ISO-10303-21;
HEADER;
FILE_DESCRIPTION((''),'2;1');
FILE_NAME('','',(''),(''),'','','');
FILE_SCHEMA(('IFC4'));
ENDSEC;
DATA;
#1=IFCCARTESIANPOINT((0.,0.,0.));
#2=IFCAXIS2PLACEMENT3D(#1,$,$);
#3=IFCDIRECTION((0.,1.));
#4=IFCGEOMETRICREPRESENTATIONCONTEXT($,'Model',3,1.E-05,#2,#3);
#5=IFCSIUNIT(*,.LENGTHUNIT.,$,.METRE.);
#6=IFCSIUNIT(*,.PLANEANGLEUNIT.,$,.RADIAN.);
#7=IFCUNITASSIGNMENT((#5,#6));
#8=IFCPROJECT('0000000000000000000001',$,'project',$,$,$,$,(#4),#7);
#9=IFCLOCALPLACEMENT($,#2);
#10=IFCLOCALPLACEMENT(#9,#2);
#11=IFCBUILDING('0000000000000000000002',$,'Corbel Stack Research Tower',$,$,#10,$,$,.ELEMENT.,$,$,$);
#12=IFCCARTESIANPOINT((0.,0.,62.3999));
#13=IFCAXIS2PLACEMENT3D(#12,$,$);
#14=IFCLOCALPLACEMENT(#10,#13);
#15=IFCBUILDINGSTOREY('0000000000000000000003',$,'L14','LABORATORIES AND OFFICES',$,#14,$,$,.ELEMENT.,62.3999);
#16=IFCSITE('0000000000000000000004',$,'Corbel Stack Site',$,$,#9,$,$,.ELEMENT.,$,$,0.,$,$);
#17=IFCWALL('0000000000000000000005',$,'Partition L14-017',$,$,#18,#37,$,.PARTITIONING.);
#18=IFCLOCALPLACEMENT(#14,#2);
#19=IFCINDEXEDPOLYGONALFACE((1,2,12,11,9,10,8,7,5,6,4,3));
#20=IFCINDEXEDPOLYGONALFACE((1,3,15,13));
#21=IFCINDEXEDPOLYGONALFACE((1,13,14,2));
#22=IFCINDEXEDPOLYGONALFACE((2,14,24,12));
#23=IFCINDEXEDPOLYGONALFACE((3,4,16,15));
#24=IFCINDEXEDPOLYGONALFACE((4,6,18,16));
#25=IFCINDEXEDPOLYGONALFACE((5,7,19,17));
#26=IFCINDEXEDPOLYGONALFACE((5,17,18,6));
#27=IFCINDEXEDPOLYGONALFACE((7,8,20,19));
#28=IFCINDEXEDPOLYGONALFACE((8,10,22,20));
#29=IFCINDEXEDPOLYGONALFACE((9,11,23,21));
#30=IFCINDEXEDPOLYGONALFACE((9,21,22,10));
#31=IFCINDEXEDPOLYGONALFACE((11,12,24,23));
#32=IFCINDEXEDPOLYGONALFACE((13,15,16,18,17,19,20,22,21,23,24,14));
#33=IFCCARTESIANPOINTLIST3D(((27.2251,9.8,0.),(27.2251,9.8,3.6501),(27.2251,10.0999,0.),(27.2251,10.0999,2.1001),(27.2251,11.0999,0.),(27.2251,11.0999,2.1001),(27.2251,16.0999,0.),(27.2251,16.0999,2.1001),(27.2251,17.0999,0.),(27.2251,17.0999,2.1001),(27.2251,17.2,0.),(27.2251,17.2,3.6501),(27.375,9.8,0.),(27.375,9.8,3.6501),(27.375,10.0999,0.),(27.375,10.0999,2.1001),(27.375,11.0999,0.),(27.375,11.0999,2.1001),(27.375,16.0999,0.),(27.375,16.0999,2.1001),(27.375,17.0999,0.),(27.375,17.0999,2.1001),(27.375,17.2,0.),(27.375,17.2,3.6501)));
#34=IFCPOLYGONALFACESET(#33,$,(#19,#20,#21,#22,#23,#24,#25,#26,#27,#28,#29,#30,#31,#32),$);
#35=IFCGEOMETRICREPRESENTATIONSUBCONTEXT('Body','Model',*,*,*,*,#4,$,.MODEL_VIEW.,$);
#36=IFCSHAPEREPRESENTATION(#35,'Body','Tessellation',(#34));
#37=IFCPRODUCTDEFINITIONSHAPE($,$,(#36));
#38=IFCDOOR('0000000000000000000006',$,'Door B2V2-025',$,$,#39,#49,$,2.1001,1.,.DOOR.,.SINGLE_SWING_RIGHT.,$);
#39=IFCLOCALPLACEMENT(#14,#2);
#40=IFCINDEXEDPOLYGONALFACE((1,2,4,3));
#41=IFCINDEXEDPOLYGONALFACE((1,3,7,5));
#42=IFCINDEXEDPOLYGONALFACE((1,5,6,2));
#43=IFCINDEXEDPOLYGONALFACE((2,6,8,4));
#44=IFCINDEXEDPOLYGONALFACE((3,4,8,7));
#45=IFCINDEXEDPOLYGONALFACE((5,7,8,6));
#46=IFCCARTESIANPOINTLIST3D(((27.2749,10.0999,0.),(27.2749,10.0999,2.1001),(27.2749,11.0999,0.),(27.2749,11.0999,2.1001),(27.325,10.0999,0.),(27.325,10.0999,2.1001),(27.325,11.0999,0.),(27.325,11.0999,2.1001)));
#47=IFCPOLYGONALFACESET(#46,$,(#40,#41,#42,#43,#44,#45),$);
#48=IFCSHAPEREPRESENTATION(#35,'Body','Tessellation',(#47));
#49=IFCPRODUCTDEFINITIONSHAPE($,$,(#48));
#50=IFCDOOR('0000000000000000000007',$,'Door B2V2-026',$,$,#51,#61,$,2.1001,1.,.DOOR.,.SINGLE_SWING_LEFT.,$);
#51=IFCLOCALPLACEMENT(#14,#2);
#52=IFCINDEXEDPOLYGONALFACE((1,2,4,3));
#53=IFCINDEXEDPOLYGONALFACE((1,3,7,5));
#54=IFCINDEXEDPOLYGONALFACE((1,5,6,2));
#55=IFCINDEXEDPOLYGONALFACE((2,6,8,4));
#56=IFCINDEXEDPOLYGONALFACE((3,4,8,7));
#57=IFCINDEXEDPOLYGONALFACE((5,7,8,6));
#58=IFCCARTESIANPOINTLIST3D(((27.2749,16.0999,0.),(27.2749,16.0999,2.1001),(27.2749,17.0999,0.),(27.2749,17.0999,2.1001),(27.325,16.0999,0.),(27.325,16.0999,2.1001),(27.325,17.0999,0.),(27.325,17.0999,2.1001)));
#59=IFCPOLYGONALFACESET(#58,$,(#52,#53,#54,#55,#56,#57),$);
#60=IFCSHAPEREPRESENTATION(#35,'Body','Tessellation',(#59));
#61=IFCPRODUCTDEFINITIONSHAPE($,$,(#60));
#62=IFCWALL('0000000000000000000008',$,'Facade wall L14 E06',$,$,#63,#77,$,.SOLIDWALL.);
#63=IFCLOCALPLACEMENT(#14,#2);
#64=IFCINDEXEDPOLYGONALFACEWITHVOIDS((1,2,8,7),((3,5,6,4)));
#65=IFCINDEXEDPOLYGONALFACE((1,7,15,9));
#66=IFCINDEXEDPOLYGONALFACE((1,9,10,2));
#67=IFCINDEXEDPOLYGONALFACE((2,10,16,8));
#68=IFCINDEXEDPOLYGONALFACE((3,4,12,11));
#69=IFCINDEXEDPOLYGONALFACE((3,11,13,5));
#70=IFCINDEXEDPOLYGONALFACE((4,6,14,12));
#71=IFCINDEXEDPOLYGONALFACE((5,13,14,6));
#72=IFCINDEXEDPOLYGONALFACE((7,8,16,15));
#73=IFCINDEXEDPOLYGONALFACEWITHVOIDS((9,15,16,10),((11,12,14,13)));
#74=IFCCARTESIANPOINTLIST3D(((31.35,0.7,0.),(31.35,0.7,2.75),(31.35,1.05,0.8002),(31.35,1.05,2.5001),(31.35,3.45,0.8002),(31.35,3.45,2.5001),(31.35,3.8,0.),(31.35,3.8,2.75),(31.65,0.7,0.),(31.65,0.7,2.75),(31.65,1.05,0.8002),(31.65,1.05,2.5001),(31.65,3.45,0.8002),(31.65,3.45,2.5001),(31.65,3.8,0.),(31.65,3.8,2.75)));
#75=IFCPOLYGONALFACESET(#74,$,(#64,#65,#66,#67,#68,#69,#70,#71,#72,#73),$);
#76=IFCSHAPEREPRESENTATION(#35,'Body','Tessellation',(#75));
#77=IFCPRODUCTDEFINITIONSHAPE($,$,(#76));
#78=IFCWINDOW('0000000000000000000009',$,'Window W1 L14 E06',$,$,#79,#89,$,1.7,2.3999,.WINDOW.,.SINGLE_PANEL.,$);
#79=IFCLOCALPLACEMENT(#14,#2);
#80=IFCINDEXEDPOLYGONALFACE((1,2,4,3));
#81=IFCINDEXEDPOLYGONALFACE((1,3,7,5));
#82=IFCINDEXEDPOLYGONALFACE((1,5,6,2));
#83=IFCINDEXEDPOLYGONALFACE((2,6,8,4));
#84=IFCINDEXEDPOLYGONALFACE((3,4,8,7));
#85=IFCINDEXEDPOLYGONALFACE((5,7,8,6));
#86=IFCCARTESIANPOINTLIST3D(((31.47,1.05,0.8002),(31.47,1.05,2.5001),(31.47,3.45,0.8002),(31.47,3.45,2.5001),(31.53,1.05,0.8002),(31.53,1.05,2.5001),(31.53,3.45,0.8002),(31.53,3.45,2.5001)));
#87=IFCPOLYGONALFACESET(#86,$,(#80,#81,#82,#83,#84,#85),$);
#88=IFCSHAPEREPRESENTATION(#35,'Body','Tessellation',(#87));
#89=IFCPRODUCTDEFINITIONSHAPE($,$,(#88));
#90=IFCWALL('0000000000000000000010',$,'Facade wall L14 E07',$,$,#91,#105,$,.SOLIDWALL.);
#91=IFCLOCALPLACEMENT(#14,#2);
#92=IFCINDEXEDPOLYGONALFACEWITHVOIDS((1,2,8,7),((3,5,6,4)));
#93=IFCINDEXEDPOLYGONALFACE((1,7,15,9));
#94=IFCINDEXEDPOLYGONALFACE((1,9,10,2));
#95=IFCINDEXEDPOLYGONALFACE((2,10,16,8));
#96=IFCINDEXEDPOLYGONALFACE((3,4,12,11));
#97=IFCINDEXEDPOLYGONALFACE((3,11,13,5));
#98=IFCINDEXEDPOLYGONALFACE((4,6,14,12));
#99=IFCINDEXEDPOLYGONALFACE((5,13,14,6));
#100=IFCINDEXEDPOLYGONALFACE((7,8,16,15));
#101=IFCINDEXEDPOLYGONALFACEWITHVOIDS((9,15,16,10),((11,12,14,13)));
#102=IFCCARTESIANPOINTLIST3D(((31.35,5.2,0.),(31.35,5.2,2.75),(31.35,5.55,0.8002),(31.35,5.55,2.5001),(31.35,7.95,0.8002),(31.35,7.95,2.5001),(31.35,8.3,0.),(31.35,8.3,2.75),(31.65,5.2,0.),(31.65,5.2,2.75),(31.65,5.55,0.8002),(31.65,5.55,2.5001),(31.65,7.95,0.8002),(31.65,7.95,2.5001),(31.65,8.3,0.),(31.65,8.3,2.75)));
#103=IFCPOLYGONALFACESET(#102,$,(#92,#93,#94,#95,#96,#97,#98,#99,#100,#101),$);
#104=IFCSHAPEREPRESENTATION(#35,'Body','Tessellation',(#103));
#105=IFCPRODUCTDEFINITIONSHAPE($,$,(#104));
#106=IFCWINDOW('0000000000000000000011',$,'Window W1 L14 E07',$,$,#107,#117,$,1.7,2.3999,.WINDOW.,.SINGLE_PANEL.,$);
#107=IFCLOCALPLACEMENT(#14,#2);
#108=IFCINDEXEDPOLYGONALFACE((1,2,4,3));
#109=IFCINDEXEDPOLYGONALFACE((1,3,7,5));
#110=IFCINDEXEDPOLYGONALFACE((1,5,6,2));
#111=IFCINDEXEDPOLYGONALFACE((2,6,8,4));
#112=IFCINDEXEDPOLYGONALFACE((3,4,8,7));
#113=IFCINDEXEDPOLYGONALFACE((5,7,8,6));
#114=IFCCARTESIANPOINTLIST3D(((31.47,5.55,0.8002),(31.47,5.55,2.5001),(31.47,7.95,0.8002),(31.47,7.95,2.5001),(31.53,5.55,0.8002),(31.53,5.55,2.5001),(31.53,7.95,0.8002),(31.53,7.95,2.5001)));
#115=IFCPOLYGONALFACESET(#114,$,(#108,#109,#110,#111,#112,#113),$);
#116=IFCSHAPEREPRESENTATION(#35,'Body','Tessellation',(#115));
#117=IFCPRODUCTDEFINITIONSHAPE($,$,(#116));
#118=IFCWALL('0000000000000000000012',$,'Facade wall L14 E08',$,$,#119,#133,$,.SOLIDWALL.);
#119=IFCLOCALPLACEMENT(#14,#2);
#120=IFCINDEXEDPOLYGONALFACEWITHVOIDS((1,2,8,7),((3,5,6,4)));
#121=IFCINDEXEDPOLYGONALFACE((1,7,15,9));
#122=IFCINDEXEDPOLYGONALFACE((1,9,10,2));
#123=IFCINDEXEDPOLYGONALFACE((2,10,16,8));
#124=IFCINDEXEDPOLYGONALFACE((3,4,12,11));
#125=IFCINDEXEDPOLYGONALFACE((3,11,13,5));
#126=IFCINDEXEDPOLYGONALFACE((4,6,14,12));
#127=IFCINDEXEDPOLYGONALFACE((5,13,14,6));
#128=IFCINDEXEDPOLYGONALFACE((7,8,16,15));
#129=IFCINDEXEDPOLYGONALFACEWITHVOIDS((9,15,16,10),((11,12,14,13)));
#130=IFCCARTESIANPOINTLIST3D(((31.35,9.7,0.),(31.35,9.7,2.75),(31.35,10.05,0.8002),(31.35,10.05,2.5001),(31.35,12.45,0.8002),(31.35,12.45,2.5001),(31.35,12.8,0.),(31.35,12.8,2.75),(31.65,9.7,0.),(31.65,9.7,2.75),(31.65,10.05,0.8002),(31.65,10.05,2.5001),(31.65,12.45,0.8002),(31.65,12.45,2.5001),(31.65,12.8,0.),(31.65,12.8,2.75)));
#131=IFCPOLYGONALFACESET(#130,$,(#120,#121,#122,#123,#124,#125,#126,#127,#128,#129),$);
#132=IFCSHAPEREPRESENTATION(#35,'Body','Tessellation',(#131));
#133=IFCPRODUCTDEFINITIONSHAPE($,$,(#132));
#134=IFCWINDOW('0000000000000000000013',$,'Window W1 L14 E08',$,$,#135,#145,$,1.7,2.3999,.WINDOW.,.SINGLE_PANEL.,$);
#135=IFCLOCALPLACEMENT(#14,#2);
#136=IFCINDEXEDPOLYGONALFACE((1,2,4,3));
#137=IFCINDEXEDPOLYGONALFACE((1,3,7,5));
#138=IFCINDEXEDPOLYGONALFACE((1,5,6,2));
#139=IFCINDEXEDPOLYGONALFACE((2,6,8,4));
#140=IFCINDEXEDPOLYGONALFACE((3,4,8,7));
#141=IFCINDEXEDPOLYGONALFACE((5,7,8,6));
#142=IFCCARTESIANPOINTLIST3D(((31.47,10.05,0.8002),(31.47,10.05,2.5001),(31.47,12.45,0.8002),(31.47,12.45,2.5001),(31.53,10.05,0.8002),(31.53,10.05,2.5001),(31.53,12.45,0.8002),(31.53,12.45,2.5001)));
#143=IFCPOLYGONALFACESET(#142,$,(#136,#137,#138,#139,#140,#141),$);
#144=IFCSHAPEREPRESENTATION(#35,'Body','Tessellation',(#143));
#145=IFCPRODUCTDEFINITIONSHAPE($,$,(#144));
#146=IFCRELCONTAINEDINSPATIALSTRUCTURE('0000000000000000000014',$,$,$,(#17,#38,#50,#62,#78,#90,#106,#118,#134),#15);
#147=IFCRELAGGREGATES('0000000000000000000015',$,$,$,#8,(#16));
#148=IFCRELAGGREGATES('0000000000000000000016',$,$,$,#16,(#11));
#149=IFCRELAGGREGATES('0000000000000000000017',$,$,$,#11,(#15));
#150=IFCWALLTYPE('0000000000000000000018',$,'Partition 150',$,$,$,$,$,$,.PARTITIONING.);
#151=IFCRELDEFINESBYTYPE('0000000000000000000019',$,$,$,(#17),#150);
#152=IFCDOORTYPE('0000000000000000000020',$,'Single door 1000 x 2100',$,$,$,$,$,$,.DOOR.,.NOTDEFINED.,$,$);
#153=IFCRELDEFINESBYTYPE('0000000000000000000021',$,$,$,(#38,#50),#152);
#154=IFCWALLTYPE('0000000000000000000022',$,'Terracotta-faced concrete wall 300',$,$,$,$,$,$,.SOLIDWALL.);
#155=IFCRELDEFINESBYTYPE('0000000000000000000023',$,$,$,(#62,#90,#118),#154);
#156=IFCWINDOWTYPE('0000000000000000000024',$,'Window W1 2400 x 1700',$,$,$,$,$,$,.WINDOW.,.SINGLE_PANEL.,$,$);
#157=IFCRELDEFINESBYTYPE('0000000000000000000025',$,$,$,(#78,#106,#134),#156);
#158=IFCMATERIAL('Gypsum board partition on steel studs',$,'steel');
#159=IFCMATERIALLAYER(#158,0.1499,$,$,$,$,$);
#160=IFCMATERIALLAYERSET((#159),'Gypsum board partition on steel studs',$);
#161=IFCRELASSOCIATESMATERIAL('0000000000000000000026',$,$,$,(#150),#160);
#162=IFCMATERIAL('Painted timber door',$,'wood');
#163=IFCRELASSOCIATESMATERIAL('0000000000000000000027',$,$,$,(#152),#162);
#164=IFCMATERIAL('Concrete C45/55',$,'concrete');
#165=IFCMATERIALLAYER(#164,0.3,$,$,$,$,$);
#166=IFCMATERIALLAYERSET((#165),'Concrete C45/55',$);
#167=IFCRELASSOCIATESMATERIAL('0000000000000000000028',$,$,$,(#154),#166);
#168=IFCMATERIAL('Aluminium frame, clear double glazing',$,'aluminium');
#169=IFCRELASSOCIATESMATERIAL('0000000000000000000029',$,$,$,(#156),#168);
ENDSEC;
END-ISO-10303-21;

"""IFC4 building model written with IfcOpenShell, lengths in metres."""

from ifc_helpers import new_model, si_unit, direction, frame, frame_2d, origin, place, context, subcontext, project, spatial, rectangle, extrude, material, layer, layer_set, type_object, element, fill, save


model = new_model("IFC4")

# Units and contexts
model_context = context("Model", 3, precision=1e-05, world=origin(), true_north=direction((0.0, 1.0)))
body_context = subcontext(model_context, "Body", "Model", "MODEL_VIEW")
ifc_project = project(units=[si_unit("LENGTHUNIT", "METRE"), si_unit("PLANEANGLEUNIT", "RADIAN")], contexts=[model_context])

# Site, building, storey
site_placement = place(None, origin())
site = spatial("IfcSite", under=ifc_project, at=site_placement, Name="Corbel Stack Site", CompositionType="ELEMENT", RefElevation=0.0)
building_placement = place(site_placement, origin())
building = spatial("IfcBuilding", under=site, at=building_placement, Name="Corbel Stack Research Tower", CompositionType="ELEMENT")
storey_placement = place(building_placement, frame((0.0, 0.0, 62.3999)))
storey = spatial("IfcBuildingStorey", under=building, at=storey_placement, Name="L14", Description="LABORATORIES AND OFFICES", CompositionType="ELEMENT", Elevation=62.3999)

# Shared definitions
ifc_material_1 = material(Name="Gypsum board partition on steel studs", Category="steel")
ifc_layer_1 = layer(ifc_material_1, 0.1499)
ifc_layer_set_1 = layer_set([ifc_layer_1], Name="Gypsum board partition on steel studs")
wall_type_1 = type_object("IfcWallType", Name="Partition 150", PredefinedType="PARTITIONING", material=ifc_layer_set_1)

# Wall, openings, doors
wall_1_placement = place(storey_placement, frame((27.3, 17.2, 0.0), z_axis=(0.0, 0.0, 1.0), x_axis=(0.0, -1.0, 0.0)))
wall_1 = element("IfcWall", 1, at=wall_1_placement, inside=storey, type_object=wall_type_1, Name="Partition L14-017", PredefinedType="PARTITIONING", context=body_context, shape_type="SweptSolid", body=[
    extrude(rectangle(XDim=7.3999, YDim=0.1499, at=frame_2d((3.7, 0.0))), origin(), (0.0, 0.0, 1.0), 3.6501),
])
opening_1_placement = place(wall_1_placement, frame((6.1001, 0.0, 0.0)))
opening_1 = element("IfcOpeningElement", 2, at=opening_1_placement, cuts=wall_1, PredefinedType="OPENING", context=body_context, shape_type="SweptSolid", body=[
    extrude(rectangle(XDim=1.0, YDim=2.1001, at=frame_2d((0.5, 1.05))), frame((0.0, 0.085, 0.0), z_axis=(0.0, -1.0, 0.0), x_axis=(1.0, 0.0, 0.0)), (0.0, 0.0, 1.0), 0.1699),
])
opening_2_placement = place(wall_1_placement, frame((0.1001, 0.0, 0.0)))
opening_2 = element("IfcOpeningElement", 3, at=opening_2_placement, cuts=wall_1, PredefinedType="OPENING", context=body_context, shape_type="SweptSolid", body=[
    extrude(rectangle(XDim=1.0, YDim=2.1001, at=frame_2d((0.5, 1.05))), frame((0.0, 0.085, 0.0), z_axis=(0.0, -1.0, 0.0), x_axis=(1.0, 0.0, 0.0)), (0.0, 0.0, 1.0), 0.1699),
])
ifc_material_2 = material(Name="Painted timber door", Category="wood")
door_type_1 = type_object("IfcDoorType", Name="Single door 1000 x 2100", OperationType="NOTDEFINED", PredefinedType="DOOR", material=ifc_material_2)
door_1_placement = place(opening_1_placement, origin())
door_1 = element("IfcDoor", 4, at=door_1_placement, inside=storey, type_object=door_type_1, Name="Door B2V2-025", OperationType="SINGLE_SWING_RIGHT", OverallHeight=2.1001, OverallWidth=1.0, PredefinedType="DOOR", context=body_context, shape_type="SweptSolid", body=[
    extrude(rectangle(XDim=1.0, YDim=2.1001, at=frame_2d((0.5, 1.05))), frame((0.0, 0.0249, 0.0), z_axis=(0.0, -1.0, 0.0), x_axis=(1.0, 0.0, 0.0)), (0.0, 0.0, 1.0), 0.05),
])
fill(opening_1, door_1)
door_2_placement = place(opening_2_placement, origin())
door_2 = element("IfcDoor", 5, at=door_2_placement, inside=storey, type_object=door_type_1, Name="Door B2V2-026", OperationType="SINGLE_SWING_LEFT", OverallHeight=2.1001, OverallWidth=1.0, PredefinedType="DOOR", context=body_context, shape_type="SweptSolid", body=[
    extrude(rectangle(XDim=1.0, YDim=2.1001, at=frame_2d((0.5, 1.05))), frame((0.0, 0.0249, 0.0), z_axis=(0.0, -1.0, 0.0), x_axis=(1.0, 0.0, 0.0)), (0.0, 0.0, 1.0), 0.05),
])
fill(opening_2, door_2)

# Walls, openings, windows
ifc_material_3 = material(Name="Concrete C45/55", Category="concrete")
ifc_layer_2 = layer(ifc_material_3, 0.3)
ifc_layer_set_2 = layer_set([ifc_layer_2], Name="Concrete C45/55")
wall_type_2 = type_object("IfcWallType", Name="Terracotta-faced concrete wall 300", PredefinedType="SOLIDWALL", material=ifc_layer_set_2)
wall_2_placement = place(storey_placement, frame((31.5, 3.8, 0.0), z_axis=(0.0, 0.0, 1.0), x_axis=(0.0, -1.0, 0.0)))
wall_2 = element("IfcWall", 6, at=wall_2_placement, inside=storey, type_object=wall_type_2, Name="Facade wall L14 E06", PredefinedType="SOLIDWALL", context=body_context, shape_type="SweptSolid", body=[
    extrude(rectangle(XDim=3.1001, YDim=0.3, at=frame_2d((1.55, 0.0))), origin(), (0.0, 0.0, 1.0), 2.75),
])
opening_3_placement = place(wall_2_placement, frame((0.3501, 0.0, 0.8)))
opening_3 = element("IfcOpeningElement", 7, at=opening_3_placement, cuts=wall_2, PredefinedType="OPENING", context=body_context, shape_type="SweptSolid", body=[
    extrude(rectangle(XDim=2.3999, YDim=1.7, at=frame_2d((1.2, 0.8501))), frame((0.0, 0.1599, 0.0), z_axis=(0.0, -1.0, 0.0), x_axis=(1.0, 0.0, 0.0)), (0.0, 0.0, 1.0), 0.3201),
])
ifc_material_4 = material(Name="Aluminium frame, clear double glazing", Category="aluminium")
window_type = type_object("IfcWindowType", Name="Window W1 2400 x 1700", PartitioningType="SINGLE_PANEL", PredefinedType="WINDOW", material=ifc_material_4)
window_1_placement = place(opening_3_placement, origin())
window_1 = element("IfcWindow", 8, at=window_1_placement, inside=storey, type_object=window_type, Name="Window W1 L14 E06", OverallHeight=1.7, OverallWidth=2.3999, PartitioningType="SINGLE_PANEL", PredefinedType="WINDOW", context=body_context, shape_type="SweptSolid", body=[
    extrude(rectangle(XDim=2.3999, YDim=1.7, at=frame_2d((1.2, 0.8501))), frame((0.0, 0.03, 0.0), z_axis=(0.0, -1.0, 0.0), x_axis=(1.0, 0.0, 0.0)), (0.0, 0.0, 1.0), 0.0601),
])
fill(opening_3, window_1)
wall_3_placement = place(storey_placement, frame((31.5, 8.3, 0.0), z_axis=(0.0, 0.0, 1.0), x_axis=(0.0, -1.0, 0.0)))
wall_3 = element("IfcWall", 9, at=wall_3_placement, inside=storey, type_object=wall_type_2, Name="Facade wall L14 E07", PredefinedType="SOLIDWALL", context=body_context, shape_type="SweptSolid", body=[
    extrude(rectangle(XDim=3.1001, YDim=0.3, at=frame_2d((1.55, 0.0))), origin(), (0.0, 0.0, 1.0), 2.75),
])
opening_4_placement = place(wall_3_placement, frame((0.3501, 0.0, 0.8)))
opening_4 = element("IfcOpeningElement", 10, at=opening_4_placement, cuts=wall_3, PredefinedType="OPENING", context=body_context, shape_type="SweptSolid", body=[
    extrude(rectangle(XDim=2.3999, YDim=1.7, at=frame_2d((1.2, 0.8501))), frame((0.0, 0.1599, 0.0), z_axis=(0.0, -1.0, 0.0), x_axis=(1.0, 0.0, 0.0)), (0.0, 0.0, 1.0), 0.3201),
])
window_2_placement = place(opening_4_placement, origin())
window_2 = element("IfcWindow", 11, at=window_2_placement, inside=storey, type_object=window_type, Name="Window W1 L14 E07", OverallHeight=1.7, OverallWidth=2.3999, PartitioningType="SINGLE_PANEL", PredefinedType="WINDOW", context=body_context, shape_type="SweptSolid", body=[
    extrude(rectangle(XDim=2.3999, YDim=1.7, at=frame_2d((1.2, 0.8501))), frame((0.0, 0.03, 0.0), z_axis=(0.0, -1.0, 0.0), x_axis=(1.0, 0.0, 0.0)), (0.0, 0.0, 1.0), 0.0601),
])
fill(opening_4, window_2)
wall_4_placement = place(storey_placement, frame((31.5, 12.8, 0.0), z_axis=(0.0, 0.0, 1.0), x_axis=(0.0, -1.0, 0.0)))
wall_4 = element("IfcWall", 12, at=wall_4_placement, inside=storey, type_object=wall_type_2, Name="Facade wall L14 E08", PredefinedType="SOLIDWALL", context=body_context, shape_type="SweptSolid", body=[
    extrude(rectangle(XDim=3.1001, YDim=0.3, at=frame_2d((1.55, 0.0))), origin(), (0.0, 0.0, 1.0), 2.75),
])
opening_5_placement = place(wall_4_placement, frame((0.3501, 0.0, 0.8)))
opening_5 = element("IfcOpeningElement", 13, at=opening_5_placement, cuts=wall_4, PredefinedType="OPENING", context=body_context, shape_type="SweptSolid", body=[
    extrude(rectangle(XDim=2.3999, YDim=1.7, at=frame_2d((1.2, 0.8501))), frame((0.0, 0.1599, 0.0), z_axis=(0.0, -1.0, 0.0), x_axis=(1.0, 0.0, 0.0)), (0.0, 0.0, 1.0), 0.3201),
])
window_3_placement = place(opening_5_placement, origin())
window_3 = element("IfcWindow", 14, at=window_3_placement, inside=storey, type_object=window_type, Name="Window W1 L14 E08", OverallHeight=1.7, OverallWidth=2.3999, PartitioningType="SINGLE_PANEL", PredefinedType="WINDOW", context=body_context, shape_type="SweptSolid", body=[
    extrude(rectangle(XDim=2.3999, YDim=1.7, at=frame_2d((1.2, 0.8501))), frame((0.0, 0.03, 0.0), z_axis=(0.0, -1.0, 0.0), x_axis=(1.0, 0.0, 0.0)), (0.0, 0.0, 1.0), 0.0601),
])
fill(opening_5, window_3)

save(model, "model.ifc")
